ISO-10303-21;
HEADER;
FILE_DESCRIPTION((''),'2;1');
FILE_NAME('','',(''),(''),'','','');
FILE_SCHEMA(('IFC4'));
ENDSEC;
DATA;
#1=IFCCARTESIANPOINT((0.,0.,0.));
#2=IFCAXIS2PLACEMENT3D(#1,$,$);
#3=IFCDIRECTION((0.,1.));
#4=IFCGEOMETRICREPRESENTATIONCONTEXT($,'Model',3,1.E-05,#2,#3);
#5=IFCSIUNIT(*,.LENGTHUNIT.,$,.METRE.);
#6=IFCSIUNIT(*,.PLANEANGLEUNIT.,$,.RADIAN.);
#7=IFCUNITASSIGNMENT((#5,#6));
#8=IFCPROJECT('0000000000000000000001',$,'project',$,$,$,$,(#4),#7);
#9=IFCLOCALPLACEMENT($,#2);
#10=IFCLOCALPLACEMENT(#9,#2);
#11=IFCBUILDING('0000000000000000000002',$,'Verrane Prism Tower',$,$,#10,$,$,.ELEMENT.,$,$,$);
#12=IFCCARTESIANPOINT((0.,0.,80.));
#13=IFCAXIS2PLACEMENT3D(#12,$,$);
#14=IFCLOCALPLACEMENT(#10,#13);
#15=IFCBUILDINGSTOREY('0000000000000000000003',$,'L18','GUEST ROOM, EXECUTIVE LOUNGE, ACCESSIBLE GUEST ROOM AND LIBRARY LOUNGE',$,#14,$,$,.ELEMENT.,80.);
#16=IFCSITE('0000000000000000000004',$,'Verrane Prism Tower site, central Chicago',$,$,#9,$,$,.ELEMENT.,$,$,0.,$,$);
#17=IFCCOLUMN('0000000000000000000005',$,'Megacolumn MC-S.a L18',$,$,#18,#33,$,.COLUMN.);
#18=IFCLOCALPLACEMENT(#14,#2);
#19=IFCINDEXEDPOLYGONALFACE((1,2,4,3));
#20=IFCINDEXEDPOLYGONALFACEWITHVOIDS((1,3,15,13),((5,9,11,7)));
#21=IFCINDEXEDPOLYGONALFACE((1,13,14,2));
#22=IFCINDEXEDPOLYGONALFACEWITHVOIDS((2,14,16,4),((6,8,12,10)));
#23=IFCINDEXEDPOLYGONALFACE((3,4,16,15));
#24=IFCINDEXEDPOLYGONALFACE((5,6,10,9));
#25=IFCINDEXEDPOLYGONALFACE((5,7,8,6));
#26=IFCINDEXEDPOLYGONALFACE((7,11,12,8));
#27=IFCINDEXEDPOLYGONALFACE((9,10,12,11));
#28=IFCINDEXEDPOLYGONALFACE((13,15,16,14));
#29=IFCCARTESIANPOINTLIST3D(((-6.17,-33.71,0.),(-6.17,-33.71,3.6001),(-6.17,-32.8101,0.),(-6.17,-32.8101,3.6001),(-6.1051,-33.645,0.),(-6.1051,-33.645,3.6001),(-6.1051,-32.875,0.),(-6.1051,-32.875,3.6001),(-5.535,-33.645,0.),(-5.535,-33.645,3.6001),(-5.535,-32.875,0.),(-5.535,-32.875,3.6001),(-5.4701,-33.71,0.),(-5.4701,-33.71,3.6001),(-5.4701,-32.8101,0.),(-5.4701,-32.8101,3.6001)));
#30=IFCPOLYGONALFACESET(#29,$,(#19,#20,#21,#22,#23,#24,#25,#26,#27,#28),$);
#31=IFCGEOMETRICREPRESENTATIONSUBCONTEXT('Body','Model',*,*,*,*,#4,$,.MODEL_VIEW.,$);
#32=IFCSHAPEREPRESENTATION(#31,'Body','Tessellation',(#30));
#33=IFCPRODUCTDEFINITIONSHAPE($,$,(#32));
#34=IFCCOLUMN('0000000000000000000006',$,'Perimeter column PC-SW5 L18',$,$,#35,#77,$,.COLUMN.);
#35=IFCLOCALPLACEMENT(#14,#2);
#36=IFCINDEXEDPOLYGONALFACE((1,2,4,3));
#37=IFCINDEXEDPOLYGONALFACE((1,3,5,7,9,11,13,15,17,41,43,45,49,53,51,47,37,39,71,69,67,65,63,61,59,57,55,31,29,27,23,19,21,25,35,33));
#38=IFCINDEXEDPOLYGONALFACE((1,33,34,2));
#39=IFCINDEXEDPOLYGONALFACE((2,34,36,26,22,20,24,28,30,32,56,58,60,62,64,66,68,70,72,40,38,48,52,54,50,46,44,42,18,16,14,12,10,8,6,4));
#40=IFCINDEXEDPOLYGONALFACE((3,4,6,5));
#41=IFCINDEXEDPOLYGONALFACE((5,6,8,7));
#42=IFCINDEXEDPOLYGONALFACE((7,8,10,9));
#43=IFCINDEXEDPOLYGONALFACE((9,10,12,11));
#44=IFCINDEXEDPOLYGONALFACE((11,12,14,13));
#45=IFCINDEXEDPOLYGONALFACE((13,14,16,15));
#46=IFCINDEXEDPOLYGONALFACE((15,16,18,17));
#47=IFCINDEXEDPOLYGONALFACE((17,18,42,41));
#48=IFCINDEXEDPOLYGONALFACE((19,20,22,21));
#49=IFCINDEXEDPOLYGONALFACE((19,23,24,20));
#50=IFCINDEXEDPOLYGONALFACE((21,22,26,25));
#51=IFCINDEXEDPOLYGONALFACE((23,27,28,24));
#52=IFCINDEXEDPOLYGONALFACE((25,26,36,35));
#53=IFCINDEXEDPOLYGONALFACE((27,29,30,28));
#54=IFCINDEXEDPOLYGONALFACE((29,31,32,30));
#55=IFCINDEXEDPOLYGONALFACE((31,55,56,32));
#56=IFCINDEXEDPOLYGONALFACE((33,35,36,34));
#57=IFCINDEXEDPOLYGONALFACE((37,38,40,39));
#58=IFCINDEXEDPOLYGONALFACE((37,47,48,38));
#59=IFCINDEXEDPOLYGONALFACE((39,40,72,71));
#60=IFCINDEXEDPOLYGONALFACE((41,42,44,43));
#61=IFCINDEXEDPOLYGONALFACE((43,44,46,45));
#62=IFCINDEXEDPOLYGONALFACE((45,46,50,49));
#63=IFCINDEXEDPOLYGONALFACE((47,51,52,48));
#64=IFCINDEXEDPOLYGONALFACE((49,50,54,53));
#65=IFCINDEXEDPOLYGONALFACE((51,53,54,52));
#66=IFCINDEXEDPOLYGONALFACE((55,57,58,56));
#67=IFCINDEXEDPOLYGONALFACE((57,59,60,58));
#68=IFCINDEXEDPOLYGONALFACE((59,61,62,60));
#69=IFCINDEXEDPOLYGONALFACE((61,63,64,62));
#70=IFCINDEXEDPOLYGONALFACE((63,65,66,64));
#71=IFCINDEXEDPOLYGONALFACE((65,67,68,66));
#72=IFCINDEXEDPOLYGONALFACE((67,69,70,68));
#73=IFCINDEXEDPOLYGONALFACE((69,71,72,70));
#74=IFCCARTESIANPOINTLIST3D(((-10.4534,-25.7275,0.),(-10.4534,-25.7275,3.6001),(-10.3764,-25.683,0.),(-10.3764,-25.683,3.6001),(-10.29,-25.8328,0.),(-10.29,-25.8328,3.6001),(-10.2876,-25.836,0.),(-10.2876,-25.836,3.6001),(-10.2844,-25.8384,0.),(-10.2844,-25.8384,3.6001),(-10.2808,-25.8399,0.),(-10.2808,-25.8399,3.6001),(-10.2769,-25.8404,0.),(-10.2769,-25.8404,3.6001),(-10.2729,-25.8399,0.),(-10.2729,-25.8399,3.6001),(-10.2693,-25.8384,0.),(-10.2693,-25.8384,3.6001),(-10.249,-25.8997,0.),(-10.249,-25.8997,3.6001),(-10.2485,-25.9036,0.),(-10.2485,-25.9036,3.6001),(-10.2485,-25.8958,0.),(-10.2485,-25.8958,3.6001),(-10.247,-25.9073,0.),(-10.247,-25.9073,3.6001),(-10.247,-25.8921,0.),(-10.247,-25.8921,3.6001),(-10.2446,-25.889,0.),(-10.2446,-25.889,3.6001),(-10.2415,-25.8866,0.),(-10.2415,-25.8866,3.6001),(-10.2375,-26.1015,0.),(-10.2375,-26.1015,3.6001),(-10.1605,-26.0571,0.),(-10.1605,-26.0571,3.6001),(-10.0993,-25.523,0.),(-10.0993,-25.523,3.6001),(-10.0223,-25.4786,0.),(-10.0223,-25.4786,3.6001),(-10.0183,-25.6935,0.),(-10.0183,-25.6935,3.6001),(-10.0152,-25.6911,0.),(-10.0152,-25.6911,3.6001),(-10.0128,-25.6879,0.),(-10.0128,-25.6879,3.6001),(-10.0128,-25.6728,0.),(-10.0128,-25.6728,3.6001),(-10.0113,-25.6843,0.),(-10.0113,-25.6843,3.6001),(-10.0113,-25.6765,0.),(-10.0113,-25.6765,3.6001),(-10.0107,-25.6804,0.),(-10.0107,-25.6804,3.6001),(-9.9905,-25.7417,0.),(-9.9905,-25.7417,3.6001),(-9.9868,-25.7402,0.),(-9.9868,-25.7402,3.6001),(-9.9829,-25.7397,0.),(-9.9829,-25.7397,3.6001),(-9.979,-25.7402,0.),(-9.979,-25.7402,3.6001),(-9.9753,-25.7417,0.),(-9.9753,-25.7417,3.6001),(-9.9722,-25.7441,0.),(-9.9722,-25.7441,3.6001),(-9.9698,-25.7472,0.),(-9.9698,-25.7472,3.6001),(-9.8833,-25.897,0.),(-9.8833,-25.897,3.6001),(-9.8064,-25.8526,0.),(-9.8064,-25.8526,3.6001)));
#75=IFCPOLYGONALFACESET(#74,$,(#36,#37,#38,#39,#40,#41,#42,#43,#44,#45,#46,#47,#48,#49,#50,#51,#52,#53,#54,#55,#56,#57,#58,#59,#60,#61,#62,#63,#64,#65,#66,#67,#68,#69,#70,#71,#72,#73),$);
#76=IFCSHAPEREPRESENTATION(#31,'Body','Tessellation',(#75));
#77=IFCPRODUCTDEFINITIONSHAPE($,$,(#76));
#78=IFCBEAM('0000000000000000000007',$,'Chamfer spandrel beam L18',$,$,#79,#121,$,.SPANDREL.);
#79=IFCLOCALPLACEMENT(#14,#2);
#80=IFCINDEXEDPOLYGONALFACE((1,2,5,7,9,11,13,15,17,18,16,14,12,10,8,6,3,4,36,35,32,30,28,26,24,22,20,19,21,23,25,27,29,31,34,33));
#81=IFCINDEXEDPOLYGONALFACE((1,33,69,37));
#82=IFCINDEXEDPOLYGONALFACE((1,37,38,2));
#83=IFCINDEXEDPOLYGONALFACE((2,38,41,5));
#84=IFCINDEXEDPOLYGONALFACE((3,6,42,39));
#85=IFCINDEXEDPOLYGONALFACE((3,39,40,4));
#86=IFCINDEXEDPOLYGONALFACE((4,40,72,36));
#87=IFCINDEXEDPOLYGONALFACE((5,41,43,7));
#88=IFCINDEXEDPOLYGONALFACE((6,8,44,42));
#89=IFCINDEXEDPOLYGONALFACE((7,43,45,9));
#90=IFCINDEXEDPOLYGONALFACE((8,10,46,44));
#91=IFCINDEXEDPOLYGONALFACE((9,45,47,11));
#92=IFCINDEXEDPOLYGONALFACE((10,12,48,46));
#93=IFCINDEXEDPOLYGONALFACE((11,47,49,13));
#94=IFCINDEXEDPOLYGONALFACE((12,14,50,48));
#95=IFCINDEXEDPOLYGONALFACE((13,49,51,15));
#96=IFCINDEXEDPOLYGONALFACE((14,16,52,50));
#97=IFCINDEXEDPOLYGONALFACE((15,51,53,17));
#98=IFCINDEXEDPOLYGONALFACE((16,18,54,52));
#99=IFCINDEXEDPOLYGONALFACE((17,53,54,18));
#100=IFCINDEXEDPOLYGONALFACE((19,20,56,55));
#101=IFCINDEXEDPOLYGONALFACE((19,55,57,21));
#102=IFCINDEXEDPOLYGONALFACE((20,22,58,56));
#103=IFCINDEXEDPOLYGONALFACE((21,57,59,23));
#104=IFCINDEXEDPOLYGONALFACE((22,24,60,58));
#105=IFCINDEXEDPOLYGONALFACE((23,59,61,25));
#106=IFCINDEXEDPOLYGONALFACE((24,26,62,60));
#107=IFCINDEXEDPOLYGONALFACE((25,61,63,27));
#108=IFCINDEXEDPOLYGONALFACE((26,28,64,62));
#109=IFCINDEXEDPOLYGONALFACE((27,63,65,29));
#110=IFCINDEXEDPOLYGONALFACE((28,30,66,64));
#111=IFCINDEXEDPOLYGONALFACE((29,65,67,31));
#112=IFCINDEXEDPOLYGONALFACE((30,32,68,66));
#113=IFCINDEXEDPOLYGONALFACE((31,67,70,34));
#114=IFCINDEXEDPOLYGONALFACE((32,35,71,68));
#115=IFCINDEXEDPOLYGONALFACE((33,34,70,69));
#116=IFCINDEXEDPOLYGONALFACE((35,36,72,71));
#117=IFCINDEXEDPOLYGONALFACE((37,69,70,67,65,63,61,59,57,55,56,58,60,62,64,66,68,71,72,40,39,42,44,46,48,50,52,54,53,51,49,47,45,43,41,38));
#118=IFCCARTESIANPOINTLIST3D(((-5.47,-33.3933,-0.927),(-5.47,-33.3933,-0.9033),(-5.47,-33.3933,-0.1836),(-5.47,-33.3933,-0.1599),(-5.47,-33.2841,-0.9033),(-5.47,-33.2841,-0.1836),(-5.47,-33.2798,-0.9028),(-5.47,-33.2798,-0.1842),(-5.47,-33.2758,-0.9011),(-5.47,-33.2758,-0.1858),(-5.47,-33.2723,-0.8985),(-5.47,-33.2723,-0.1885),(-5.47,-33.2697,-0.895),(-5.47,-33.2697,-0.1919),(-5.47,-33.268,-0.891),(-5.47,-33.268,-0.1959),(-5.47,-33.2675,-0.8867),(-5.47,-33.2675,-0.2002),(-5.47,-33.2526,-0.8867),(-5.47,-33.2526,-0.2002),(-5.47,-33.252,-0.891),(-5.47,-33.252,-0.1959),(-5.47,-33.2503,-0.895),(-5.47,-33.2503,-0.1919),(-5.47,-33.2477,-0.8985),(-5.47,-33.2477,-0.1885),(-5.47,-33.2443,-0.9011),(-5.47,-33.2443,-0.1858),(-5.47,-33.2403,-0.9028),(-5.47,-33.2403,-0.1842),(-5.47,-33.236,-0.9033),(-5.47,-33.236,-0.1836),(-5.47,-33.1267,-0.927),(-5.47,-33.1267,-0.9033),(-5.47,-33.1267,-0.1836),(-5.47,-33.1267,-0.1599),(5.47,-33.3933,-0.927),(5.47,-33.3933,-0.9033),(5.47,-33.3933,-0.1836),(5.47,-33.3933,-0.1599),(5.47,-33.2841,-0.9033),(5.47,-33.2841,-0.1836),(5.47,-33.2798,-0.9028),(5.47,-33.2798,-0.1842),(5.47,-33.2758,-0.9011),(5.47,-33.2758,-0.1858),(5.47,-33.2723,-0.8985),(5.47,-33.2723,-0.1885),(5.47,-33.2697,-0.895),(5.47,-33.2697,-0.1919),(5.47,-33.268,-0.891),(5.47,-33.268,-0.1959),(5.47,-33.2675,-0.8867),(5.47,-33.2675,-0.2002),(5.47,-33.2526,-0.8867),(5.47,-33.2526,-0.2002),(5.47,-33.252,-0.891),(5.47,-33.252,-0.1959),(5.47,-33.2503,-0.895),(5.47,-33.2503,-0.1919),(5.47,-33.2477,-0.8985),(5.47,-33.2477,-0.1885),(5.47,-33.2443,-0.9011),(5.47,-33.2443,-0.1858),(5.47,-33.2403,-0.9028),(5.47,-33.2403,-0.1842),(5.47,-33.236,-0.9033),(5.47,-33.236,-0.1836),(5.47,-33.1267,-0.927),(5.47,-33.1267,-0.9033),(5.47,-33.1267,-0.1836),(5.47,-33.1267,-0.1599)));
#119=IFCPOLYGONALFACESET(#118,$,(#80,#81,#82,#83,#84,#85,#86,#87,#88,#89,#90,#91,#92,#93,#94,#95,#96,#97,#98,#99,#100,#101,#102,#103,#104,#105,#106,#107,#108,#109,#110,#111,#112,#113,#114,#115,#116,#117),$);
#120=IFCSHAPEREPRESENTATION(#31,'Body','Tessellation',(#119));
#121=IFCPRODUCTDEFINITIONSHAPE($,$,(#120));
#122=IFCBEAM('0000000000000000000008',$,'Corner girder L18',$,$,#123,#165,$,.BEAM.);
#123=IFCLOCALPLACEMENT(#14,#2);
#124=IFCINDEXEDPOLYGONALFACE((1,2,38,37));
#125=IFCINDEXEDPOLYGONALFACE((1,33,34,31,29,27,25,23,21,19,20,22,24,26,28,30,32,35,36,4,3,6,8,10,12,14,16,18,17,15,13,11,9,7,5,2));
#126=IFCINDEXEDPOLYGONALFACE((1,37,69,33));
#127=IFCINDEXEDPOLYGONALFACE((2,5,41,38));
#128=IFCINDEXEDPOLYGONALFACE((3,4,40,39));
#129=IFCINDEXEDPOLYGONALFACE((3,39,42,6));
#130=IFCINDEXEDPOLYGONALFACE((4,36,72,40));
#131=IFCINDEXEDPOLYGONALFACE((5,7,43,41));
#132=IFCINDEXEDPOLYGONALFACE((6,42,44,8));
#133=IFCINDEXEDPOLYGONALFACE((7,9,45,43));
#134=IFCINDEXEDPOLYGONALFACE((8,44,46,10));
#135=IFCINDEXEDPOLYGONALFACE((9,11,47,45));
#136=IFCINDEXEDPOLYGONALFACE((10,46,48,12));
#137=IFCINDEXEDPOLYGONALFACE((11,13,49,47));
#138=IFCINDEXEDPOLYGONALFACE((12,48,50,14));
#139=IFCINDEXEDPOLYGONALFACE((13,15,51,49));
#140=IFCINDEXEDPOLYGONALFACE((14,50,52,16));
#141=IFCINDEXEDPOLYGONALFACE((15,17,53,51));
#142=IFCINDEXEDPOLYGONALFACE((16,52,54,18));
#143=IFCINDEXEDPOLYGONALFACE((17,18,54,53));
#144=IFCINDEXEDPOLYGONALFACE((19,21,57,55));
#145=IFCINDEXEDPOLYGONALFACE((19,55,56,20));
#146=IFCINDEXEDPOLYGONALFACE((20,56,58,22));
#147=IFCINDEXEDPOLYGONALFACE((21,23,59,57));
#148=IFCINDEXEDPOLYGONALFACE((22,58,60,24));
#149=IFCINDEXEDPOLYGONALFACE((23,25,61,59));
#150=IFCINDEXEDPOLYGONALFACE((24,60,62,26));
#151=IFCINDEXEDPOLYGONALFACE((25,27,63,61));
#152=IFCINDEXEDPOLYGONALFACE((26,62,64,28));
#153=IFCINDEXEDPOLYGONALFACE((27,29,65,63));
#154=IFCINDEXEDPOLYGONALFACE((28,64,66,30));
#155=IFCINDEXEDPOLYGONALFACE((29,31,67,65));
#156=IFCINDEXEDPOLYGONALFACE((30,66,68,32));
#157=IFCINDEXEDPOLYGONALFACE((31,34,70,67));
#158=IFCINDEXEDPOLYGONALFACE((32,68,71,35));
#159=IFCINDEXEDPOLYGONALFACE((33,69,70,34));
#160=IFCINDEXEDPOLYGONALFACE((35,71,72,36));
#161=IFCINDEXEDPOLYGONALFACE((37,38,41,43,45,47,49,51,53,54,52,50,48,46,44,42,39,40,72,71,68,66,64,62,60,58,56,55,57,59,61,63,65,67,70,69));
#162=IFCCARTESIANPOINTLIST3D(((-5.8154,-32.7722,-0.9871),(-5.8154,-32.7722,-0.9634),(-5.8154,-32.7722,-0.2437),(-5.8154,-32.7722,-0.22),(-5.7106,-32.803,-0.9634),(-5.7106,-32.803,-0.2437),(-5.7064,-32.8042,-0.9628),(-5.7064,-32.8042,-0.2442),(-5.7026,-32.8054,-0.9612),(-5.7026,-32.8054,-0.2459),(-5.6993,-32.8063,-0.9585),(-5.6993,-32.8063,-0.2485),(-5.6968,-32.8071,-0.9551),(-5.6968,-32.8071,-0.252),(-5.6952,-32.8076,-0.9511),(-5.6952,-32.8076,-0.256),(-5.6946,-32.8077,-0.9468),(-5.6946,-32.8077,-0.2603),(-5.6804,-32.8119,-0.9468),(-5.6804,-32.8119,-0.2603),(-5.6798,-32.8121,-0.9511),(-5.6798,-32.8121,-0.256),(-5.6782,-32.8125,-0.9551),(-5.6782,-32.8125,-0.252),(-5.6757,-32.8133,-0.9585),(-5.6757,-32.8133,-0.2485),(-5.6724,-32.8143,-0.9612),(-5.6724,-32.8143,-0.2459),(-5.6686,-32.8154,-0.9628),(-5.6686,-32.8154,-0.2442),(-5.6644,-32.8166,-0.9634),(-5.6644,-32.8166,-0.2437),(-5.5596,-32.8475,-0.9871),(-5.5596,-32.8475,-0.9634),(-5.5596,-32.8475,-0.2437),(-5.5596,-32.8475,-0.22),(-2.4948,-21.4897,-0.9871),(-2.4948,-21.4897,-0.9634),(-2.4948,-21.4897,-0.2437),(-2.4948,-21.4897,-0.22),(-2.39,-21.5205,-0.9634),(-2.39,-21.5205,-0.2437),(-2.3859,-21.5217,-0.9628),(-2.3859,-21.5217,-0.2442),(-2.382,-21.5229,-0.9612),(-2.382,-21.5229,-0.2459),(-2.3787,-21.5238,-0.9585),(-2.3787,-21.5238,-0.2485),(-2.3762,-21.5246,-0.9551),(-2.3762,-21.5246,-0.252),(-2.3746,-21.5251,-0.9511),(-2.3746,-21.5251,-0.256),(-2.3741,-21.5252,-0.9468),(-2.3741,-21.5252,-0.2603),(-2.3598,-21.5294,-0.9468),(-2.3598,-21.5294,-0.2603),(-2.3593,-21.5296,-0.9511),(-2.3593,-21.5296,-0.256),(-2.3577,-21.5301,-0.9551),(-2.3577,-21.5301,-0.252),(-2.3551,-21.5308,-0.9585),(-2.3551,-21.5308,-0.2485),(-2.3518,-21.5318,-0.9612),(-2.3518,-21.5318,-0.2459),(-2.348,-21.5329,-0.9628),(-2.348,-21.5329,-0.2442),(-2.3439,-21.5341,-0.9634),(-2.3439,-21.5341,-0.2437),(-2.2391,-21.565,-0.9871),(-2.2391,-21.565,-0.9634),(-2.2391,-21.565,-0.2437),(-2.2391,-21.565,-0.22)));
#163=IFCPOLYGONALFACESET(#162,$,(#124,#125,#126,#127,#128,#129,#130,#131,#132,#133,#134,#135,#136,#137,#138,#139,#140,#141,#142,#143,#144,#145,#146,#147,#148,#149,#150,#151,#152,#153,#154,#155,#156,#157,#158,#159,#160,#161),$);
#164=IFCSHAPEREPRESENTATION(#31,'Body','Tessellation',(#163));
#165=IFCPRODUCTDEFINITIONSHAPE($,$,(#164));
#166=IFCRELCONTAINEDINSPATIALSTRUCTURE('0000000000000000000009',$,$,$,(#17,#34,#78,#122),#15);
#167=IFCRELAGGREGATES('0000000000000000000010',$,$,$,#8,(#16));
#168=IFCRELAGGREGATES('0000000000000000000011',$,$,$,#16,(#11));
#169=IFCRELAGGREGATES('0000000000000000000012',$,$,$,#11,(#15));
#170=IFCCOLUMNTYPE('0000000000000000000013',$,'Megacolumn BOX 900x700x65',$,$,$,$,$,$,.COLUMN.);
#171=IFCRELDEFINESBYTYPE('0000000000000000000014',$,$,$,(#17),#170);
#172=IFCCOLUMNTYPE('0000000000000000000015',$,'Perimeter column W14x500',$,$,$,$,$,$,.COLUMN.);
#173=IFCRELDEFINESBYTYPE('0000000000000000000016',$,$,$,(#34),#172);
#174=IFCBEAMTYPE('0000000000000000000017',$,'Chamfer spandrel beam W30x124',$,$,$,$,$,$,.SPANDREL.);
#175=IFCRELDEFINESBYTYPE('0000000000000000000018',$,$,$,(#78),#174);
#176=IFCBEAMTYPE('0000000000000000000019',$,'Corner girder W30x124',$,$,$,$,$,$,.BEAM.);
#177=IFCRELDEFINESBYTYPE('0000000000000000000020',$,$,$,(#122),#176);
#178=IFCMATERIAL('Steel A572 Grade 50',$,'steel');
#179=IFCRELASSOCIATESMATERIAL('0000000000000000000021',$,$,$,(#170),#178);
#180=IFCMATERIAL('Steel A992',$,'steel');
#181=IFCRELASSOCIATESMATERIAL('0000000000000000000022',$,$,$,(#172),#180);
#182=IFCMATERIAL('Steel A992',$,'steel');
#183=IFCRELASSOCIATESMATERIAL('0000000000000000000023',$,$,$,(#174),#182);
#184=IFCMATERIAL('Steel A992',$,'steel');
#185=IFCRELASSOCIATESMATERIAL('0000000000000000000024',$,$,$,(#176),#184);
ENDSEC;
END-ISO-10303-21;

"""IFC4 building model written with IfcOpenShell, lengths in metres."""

from ifc_helpers import new_model, si_unit, direction, frame, origin, origin_2d, place, context, subcontext, project, spatial, hollow_rectangle, i_section, extrude, material, material_profile, profile_set, type_object, element, save


model = new_model("IFC4")

# Units and contexts
model_context = context("Model", 3, precision=1e-05, world=origin(), true_north=direction((0.0, 1.0)))
body_context = subcontext(model_context, "Body", "Model", "MODEL_VIEW")
ifc_project = project(units=[si_unit("LENGTHUNIT", "METRE"), si_unit("PLANEANGLEUNIT", "RADIAN")], contexts=[model_context])

# Site, building, storey
site_placement = place(None, origin())
site = spatial("IfcSite", under=ifc_project, at=site_placement, Name="Verrane Prism Tower site, central Chicago", CompositionType="ELEMENT", RefElevation=0.0)
building_placement = place(site_placement, origin())
building = spatial("IfcBuilding", under=site, at=building_placement, Name="Verrane Prism Tower", CompositionType="ELEMENT")
storey_placement = place(building_placement, frame((0.0, 0.0, 80.0)))
storey = spatial("IfcBuildingStorey", under=building, at=storey_placement, Name="L18", Description="GUEST ROOM, EXECUTIVE LOUNGE, ACCESSIBLE GUEST ROOM AND LIBRARY LOUNGE", CompositionType="ELEMENT", Elevation=80.0)

# Columns
ifc_material_1 = material(Name="Steel A572 Grade 50", Category="steel")
ifc_material_profile_1 = material_profile(ifc_material_1, hollow_rectangle(XDim=0.7, YDim=0.8999, WallThickness=0.0649, at=origin_2d()), Name="BOX 900x700x65")
ifc_profile_set_1 = profile_set([ifc_material_profile_1], Name="Steel A572 Grade 50")
column_type_1 = type_object("IfcColumnType", Name="Megacolumn BOX 900x700x65", PredefinedType="COLUMN", material=ifc_profile_set_1)
column_1_placement = place(storey_placement, frame((-5.8201, -33.26, 0.0), z_axis=(0.0, 0.0, 1.0), x_axis=(-1.0, 0.0, 0.0)))
element("IfcColumn", 1, at=column_1_placement, inside=storey, type_object=column_type_1, Name="Megacolumn MC-S.a L18", PredefinedType="COLUMN", context=body_context, shape_type="SweptSolid", body=[
    extrude(hollow_rectangle(XDim=0.7, YDim=0.8999, WallThickness=0.0649, at=origin_2d()), origin(), (0.0, 0.0, 1.0), 3.6001),
])
ifc_material_2 = material(Name="Steel A992", Category="steel")
ifc_material_profile_2 = material_profile(ifc_material_2, i_section(OverallWidth=0.4319, OverallDepth=0.4978, WebThickness=0.0557, FlangeThickness=0.0889, FilletRadius=0.0151, at=origin_2d()), Name="W14x500")
ifc_profile_set_2 = profile_set([ifc_material_profile_2], Name="Steel A992")
column_type_2 = type_object("IfcColumnType", Name="Perimeter column W14x500", PredefinedType="COLUMN", material=ifc_profile_set_2)
column_2_placement = place(storey_placement, frame((-10.1299, -25.79, 0.0), z_axis=(0.0, 0.0, 1.0), x_axis=(-0.5, 0.866025, 0.0)))
element("IfcColumn", 2, at=column_2_placement, inside=storey, type_object=column_type_2, Name="Perimeter column PC-SW5 L18", PredefinedType="COLUMN", context=body_context, shape_type="SweptSolid", body=[
    extrude(i_section(OverallWidth=0.4319, OverallDepth=0.4978, WebThickness=0.0557, FlangeThickness=0.0889, FilletRadius=0.0151, at=origin_2d()), origin(), (0.0, 0.0, 1.0), 3.6001),
])

# Beams
ifc_material_3 = material(Name="Steel A992", Category="steel")
ifc_material_profile_3 = material_profile(ifc_material_3, i_section(OverallWidth=0.2666, OverallDepth=0.7671, WebThickness=0.0149, FlangeThickness=0.0237, FilletRadius=0.0166, at=origin_2d()), Name="W30x124")
ifc_profile_set_3 = profile_set([ifc_material_profile_3], Name="Steel A992")
beam_type_1 = type_object("IfcBeamType", Name="Chamfer spandrel beam W30x124", PredefinedType="SPANDREL", material=ifc_profile_set_3)
beam_1_placement = place(storey_placement, frame((-5.47, -33.26, -0.5435), z_axis=(1.0, 0.0, 0.0), x_axis=(0.0, 1.0, 0.0)))
element("IfcBeam", 3, at=beam_1_placement, inside=storey, type_object=beam_type_1, Name="Chamfer spandrel beam L18", PredefinedType="SPANDREL", context=body_context, shape_type="SweptSolid", body=[
    extrude(i_section(OverallWidth=0.2666, OverallDepth=0.7671, WebThickness=0.0149, FlangeThickness=0.0237, FilletRadius=0.0166, at=origin_2d()), origin(), (0.0, 0.0, 1.0), 10.9399),
])
ifc_material_4 = material(Name="Steel A992", Category="steel")
ifc_material_profile_4 = material_profile(ifc_material_4, i_section(OverallWidth=0.2666, OverallDepth=0.7671, WebThickness=0.0149, FlangeThickness=0.0237, FilletRadius=0.0166, at=origin_2d()), Name="W30x124")
ifc_profile_set_4 = profile_set([ifc_material_profile_4], Name="Steel A992")
beam_type_2 = type_object("IfcBeamType", Name="Corner girder W30x124", PredefinedType="BEAM", material=ifc_profile_set_4)
beam_2_placement = place(storey_placement, frame((-5.6875, -32.8098, -0.6035), z_axis=(0.282337, 0.959315, 0.0), x_axis=(-0.959315, 0.282337, 0.0)))
element("IfcBeam", 4, at=beam_2_placement, inside=storey, type_object=beam_type_2, Name="Corner girder L18", PredefinedType="BEAM", context=body_context, shape_type="SweptSolid", body=[
    extrude(i_section(OverallWidth=0.2666, OverallDepth=0.7671, WebThickness=0.0149, FlangeThickness=0.0237, FilletRadius=0.0166, at=origin_2d()), origin(), (0.0, 0.0, 1.0), 11.761),
])

save(model, "model.ifc")
